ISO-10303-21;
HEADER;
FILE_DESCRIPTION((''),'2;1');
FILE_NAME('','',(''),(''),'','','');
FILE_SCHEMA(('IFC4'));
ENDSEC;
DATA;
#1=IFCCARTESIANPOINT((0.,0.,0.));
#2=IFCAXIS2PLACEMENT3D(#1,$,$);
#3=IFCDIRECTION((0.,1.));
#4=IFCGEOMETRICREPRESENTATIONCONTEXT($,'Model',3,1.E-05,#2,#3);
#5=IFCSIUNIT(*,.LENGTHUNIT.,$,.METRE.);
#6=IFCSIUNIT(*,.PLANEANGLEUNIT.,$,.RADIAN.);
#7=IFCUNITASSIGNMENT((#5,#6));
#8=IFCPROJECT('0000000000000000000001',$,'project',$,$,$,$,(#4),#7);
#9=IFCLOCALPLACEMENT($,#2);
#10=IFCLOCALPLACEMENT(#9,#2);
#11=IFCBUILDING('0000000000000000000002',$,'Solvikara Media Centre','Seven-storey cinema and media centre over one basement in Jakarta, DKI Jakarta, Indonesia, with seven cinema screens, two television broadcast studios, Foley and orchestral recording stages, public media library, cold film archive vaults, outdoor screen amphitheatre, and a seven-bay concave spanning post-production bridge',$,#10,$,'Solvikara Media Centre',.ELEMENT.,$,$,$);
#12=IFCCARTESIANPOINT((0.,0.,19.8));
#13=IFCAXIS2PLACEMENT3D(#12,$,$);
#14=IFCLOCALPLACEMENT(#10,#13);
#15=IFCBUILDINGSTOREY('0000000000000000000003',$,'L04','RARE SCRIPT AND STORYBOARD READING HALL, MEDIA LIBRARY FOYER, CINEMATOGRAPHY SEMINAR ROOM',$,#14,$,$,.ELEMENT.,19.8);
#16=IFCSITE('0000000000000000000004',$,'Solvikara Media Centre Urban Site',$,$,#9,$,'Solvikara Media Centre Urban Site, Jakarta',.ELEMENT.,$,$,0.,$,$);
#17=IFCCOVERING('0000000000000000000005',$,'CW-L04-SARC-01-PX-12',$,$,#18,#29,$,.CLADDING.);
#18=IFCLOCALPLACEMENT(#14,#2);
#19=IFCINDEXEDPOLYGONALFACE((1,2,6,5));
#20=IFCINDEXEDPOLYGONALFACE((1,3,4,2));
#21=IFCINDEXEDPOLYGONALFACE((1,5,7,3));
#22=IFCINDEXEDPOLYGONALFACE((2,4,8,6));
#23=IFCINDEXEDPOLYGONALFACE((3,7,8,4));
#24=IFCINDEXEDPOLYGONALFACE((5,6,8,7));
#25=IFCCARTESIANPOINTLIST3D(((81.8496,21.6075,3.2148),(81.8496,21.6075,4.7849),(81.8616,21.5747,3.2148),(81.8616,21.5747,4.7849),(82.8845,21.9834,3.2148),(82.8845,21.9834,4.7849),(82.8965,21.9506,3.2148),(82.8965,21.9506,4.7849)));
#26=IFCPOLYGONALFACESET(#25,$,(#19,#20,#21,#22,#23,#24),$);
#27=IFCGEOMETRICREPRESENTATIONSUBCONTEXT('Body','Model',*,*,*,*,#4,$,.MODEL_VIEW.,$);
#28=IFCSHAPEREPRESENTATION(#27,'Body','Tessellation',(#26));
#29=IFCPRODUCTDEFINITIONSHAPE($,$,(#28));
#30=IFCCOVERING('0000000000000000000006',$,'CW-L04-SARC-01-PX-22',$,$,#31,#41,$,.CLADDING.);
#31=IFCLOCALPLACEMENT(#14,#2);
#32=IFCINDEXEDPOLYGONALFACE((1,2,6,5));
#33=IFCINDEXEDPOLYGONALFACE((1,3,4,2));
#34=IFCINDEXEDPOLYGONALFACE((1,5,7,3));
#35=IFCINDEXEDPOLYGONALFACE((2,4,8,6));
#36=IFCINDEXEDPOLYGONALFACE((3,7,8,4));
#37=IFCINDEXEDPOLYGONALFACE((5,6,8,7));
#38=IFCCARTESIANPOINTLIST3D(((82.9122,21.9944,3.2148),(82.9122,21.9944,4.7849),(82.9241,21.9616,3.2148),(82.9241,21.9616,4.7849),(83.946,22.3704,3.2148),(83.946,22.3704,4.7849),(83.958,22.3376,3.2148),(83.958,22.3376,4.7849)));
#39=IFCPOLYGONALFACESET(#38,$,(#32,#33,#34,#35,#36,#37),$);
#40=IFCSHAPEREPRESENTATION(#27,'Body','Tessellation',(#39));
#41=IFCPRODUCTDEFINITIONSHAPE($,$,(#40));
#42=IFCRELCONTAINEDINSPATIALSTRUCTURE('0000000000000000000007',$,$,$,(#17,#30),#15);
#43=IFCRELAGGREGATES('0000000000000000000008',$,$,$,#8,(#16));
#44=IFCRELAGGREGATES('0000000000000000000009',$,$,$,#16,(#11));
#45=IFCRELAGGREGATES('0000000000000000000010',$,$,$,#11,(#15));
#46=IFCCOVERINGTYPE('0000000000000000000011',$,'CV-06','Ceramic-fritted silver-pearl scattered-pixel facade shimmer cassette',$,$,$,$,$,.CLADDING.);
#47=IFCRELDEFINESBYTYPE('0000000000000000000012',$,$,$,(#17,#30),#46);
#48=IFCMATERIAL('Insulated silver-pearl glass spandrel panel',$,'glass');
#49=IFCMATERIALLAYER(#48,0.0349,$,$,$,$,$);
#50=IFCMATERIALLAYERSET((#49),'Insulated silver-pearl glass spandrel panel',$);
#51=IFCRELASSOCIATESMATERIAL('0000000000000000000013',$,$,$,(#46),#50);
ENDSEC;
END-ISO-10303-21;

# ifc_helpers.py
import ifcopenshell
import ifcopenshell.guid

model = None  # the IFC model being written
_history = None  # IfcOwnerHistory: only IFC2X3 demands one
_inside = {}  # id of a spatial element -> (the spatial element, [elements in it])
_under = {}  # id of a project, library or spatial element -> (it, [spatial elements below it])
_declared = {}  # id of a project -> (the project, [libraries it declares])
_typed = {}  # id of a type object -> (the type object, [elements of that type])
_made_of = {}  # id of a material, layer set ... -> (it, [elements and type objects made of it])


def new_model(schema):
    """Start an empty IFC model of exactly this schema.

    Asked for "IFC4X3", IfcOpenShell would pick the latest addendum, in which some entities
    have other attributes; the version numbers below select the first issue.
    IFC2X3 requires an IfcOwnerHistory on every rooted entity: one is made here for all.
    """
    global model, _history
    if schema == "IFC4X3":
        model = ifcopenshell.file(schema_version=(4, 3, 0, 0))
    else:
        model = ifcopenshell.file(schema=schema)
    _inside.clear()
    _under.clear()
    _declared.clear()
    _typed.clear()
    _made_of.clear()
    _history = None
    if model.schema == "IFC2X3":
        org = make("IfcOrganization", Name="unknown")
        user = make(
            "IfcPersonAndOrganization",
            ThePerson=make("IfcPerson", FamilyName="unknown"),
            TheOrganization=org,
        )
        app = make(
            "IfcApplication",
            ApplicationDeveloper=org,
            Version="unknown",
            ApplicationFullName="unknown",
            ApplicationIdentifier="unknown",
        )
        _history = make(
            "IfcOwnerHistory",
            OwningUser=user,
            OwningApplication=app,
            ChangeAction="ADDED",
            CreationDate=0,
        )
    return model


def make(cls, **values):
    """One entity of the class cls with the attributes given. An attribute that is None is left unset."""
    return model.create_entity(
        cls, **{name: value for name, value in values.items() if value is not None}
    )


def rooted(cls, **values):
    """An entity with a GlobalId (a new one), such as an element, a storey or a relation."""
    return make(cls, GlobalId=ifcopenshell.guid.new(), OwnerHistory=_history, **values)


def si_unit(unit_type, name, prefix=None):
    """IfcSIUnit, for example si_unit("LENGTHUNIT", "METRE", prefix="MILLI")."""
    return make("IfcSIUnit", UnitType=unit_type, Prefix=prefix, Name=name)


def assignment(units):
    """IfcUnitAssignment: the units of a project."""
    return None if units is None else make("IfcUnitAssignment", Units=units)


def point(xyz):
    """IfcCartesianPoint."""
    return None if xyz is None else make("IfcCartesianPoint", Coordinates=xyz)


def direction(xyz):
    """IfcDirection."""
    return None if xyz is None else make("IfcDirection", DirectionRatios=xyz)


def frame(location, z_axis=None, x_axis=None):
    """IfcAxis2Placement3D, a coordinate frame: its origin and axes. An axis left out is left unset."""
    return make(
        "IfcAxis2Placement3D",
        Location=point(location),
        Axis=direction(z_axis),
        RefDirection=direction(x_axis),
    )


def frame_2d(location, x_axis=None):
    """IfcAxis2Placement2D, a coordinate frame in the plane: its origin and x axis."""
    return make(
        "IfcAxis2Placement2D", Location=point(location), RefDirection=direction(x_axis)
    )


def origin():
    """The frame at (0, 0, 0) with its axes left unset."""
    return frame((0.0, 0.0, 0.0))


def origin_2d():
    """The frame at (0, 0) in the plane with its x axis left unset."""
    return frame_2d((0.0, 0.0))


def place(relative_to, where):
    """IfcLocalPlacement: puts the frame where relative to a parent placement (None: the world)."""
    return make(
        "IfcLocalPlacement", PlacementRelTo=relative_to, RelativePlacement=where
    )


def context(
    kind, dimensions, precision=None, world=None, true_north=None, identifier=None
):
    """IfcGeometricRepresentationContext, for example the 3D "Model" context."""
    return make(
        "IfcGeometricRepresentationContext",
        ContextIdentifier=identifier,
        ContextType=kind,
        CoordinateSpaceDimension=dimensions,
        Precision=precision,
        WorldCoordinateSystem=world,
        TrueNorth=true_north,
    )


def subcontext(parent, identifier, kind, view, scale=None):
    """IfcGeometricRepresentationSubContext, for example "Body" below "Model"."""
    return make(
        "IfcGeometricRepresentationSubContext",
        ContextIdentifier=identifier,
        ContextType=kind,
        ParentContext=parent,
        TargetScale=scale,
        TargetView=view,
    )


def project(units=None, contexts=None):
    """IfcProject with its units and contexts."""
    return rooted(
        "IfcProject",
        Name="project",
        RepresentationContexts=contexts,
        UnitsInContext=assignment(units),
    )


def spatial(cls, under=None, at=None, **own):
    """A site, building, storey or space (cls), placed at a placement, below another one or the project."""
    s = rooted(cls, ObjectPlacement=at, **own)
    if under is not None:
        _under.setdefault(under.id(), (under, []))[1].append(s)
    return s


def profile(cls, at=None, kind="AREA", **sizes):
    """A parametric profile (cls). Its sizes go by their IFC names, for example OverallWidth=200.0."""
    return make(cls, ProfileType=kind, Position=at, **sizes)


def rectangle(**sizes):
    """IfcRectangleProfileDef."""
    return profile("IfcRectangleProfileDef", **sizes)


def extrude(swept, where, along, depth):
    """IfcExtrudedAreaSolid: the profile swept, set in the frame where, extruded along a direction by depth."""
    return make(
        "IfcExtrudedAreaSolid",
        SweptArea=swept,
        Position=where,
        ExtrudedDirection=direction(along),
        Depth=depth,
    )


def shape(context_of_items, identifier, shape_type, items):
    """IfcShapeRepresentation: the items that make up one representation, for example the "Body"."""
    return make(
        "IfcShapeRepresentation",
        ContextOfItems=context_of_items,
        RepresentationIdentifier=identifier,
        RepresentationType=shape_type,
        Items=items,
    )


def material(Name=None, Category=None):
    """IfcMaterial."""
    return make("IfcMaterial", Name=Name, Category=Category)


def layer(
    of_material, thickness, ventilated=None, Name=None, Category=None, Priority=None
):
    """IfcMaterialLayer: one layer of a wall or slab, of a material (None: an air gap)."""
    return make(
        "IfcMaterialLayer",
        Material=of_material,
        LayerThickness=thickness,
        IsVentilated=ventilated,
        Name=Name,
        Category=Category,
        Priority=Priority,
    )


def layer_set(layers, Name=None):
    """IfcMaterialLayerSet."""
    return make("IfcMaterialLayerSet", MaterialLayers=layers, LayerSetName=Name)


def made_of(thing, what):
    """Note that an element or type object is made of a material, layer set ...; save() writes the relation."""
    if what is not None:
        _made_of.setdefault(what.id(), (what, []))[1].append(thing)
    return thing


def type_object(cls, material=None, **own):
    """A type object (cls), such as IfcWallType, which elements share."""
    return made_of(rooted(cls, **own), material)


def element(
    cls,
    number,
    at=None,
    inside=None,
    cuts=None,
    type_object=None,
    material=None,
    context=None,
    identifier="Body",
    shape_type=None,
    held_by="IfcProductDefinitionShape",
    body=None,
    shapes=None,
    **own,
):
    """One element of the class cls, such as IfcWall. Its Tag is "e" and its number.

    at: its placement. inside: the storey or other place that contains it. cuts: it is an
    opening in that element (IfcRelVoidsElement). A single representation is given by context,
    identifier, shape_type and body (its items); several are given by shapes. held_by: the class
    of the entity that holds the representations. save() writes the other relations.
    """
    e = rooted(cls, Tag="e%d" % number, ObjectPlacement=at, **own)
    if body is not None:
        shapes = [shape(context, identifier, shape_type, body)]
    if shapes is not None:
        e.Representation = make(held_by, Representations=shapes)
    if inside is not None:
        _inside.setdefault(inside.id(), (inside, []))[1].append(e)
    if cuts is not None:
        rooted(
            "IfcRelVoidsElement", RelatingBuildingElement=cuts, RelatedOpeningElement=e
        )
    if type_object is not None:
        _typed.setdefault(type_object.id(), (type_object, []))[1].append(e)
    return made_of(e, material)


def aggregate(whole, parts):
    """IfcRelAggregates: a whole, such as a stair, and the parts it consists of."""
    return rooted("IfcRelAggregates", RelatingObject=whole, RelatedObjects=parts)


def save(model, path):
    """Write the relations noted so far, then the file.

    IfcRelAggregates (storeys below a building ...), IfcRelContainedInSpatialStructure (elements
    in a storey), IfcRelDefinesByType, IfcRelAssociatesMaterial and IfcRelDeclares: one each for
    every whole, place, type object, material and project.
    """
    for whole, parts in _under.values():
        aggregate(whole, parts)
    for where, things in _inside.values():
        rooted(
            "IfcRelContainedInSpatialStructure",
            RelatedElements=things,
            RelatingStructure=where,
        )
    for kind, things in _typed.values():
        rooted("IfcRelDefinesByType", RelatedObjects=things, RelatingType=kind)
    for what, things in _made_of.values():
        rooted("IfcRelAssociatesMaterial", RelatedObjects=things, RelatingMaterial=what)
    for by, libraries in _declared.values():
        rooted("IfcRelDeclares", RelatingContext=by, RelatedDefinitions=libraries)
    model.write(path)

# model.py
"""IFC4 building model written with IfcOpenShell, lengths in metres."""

from ifc_helpers import new_model, si_unit, direction, frame, origin, origin_2d, place, context, subcontext, project, spatial, rectangle, extrude, material, layer, layer_set, type_object, element, save


model = new_model("IFC4")

# Units and contexts
model_context = context("Model", 3, precision=1e-05, world=origin(), true_north=direction((0.0, 1.0)))
body_context = subcontext(model_context, "Body", "Model", "MODEL_VIEW")
ifc_project = project(units=[si_unit("LENGTHUNIT", "METRE"), si_unit("PLANEANGLEUNIT", "RADIAN")], contexts=[model_context])

# Site, building, storey
site_placement = place(None, origin())
site = spatial("IfcSite", under=ifc_project, at=site_placement, Name="Solvikara Media Centre Urban Site", LongName="Solvikara Media Centre Urban Site, Jakarta", CompositionType="ELEMENT", RefElevation=0.0)
building_placement = place(site_placement, origin())
building = spatial("IfcBuilding", under=site, at=building_placement, Name="Solvikara Media Centre", Description="Seven-storey cinema and media centre over one basement in Jakarta, DKI Jakarta, Indonesia, with seven cinema screens, two television broadcast studios, Foley and orchestral recording stages, public media library, cold film archive vaults, outdoor screen amphitheatre, and a seven-bay concave spanning post-production bridge", LongName="Solvikara Media Centre", CompositionType="ELEMENT")
storey_placement = place(building_placement, frame((0.0, 0.0, 19.8)))
storey = spatial("IfcBuildingStorey", under=building, at=storey_placement, Name="L04", Description="RARE SCRIPT AND STORYBOARD READING HALL, MEDIA LIBRARY FOYER, CINEMATOGRAPHY SEMINAR ROOM", CompositionType="ELEMENT", Elevation=19.8)

# Coverings
ifc_material_1 = material(Name="Insulated silver-pearl glass spandrel panel", Category="glass")
ifc_layer_1 = layer(ifc_material_1, 0.0349)
ifc_layer_set_1 = layer_set([ifc_layer_1], Name="Insulated silver-pearl glass spandrel panel")
covering_type_1 = type_object("IfcCoveringType", Name="CV-06", Description="Ceramic-fritted silver-pearl scattered-pixel facade shimmer cassette", PredefinedType="CLADDING", material=ifc_layer_set_1)
covering_1_placement = place(storey_placement, frame((82.373, 21.7791, 3.2148), z_axis=(0.0, 0.0, 1.0), x_axis=(0.939901, 0.341446, 0.0)))
element("IfcCovering", 1, at=covering_1_placement, inside=storey, type_object=covering_type_1, Name="CW-L04-SARC-01-PX-12", PredefinedType="CLADDING", context=body_context, shape_type="SweptSolid", body=[
    extrude(rectangle(XDim=1.1011, YDim=0.0349, at=origin_2d()), origin(), (0.0, 0.0, 1.0), 1.5701),
])
covering_2_placement = place(storey_placement, frame((83.4351, 22.166, 3.2148), z_axis=(0.0, 0.0, 1.0), x_axis=(0.939794, 0.341741, 0.0)))
element("IfcCovering", 2, at=covering_2_placement, inside=storey, type_object=covering_type_1, Name="CW-L04-SARC-01-PX-22", PredefinedType="CLADDING", context=body_context, shape_type="SweptSolid", body=[
    extrude(rectangle(XDim=1.1001, YDim=0.0349, at=origin_2d()), origin(), (0.0, 0.0, 1.0), 1.5701),
])

save(model, "model.ifc")
